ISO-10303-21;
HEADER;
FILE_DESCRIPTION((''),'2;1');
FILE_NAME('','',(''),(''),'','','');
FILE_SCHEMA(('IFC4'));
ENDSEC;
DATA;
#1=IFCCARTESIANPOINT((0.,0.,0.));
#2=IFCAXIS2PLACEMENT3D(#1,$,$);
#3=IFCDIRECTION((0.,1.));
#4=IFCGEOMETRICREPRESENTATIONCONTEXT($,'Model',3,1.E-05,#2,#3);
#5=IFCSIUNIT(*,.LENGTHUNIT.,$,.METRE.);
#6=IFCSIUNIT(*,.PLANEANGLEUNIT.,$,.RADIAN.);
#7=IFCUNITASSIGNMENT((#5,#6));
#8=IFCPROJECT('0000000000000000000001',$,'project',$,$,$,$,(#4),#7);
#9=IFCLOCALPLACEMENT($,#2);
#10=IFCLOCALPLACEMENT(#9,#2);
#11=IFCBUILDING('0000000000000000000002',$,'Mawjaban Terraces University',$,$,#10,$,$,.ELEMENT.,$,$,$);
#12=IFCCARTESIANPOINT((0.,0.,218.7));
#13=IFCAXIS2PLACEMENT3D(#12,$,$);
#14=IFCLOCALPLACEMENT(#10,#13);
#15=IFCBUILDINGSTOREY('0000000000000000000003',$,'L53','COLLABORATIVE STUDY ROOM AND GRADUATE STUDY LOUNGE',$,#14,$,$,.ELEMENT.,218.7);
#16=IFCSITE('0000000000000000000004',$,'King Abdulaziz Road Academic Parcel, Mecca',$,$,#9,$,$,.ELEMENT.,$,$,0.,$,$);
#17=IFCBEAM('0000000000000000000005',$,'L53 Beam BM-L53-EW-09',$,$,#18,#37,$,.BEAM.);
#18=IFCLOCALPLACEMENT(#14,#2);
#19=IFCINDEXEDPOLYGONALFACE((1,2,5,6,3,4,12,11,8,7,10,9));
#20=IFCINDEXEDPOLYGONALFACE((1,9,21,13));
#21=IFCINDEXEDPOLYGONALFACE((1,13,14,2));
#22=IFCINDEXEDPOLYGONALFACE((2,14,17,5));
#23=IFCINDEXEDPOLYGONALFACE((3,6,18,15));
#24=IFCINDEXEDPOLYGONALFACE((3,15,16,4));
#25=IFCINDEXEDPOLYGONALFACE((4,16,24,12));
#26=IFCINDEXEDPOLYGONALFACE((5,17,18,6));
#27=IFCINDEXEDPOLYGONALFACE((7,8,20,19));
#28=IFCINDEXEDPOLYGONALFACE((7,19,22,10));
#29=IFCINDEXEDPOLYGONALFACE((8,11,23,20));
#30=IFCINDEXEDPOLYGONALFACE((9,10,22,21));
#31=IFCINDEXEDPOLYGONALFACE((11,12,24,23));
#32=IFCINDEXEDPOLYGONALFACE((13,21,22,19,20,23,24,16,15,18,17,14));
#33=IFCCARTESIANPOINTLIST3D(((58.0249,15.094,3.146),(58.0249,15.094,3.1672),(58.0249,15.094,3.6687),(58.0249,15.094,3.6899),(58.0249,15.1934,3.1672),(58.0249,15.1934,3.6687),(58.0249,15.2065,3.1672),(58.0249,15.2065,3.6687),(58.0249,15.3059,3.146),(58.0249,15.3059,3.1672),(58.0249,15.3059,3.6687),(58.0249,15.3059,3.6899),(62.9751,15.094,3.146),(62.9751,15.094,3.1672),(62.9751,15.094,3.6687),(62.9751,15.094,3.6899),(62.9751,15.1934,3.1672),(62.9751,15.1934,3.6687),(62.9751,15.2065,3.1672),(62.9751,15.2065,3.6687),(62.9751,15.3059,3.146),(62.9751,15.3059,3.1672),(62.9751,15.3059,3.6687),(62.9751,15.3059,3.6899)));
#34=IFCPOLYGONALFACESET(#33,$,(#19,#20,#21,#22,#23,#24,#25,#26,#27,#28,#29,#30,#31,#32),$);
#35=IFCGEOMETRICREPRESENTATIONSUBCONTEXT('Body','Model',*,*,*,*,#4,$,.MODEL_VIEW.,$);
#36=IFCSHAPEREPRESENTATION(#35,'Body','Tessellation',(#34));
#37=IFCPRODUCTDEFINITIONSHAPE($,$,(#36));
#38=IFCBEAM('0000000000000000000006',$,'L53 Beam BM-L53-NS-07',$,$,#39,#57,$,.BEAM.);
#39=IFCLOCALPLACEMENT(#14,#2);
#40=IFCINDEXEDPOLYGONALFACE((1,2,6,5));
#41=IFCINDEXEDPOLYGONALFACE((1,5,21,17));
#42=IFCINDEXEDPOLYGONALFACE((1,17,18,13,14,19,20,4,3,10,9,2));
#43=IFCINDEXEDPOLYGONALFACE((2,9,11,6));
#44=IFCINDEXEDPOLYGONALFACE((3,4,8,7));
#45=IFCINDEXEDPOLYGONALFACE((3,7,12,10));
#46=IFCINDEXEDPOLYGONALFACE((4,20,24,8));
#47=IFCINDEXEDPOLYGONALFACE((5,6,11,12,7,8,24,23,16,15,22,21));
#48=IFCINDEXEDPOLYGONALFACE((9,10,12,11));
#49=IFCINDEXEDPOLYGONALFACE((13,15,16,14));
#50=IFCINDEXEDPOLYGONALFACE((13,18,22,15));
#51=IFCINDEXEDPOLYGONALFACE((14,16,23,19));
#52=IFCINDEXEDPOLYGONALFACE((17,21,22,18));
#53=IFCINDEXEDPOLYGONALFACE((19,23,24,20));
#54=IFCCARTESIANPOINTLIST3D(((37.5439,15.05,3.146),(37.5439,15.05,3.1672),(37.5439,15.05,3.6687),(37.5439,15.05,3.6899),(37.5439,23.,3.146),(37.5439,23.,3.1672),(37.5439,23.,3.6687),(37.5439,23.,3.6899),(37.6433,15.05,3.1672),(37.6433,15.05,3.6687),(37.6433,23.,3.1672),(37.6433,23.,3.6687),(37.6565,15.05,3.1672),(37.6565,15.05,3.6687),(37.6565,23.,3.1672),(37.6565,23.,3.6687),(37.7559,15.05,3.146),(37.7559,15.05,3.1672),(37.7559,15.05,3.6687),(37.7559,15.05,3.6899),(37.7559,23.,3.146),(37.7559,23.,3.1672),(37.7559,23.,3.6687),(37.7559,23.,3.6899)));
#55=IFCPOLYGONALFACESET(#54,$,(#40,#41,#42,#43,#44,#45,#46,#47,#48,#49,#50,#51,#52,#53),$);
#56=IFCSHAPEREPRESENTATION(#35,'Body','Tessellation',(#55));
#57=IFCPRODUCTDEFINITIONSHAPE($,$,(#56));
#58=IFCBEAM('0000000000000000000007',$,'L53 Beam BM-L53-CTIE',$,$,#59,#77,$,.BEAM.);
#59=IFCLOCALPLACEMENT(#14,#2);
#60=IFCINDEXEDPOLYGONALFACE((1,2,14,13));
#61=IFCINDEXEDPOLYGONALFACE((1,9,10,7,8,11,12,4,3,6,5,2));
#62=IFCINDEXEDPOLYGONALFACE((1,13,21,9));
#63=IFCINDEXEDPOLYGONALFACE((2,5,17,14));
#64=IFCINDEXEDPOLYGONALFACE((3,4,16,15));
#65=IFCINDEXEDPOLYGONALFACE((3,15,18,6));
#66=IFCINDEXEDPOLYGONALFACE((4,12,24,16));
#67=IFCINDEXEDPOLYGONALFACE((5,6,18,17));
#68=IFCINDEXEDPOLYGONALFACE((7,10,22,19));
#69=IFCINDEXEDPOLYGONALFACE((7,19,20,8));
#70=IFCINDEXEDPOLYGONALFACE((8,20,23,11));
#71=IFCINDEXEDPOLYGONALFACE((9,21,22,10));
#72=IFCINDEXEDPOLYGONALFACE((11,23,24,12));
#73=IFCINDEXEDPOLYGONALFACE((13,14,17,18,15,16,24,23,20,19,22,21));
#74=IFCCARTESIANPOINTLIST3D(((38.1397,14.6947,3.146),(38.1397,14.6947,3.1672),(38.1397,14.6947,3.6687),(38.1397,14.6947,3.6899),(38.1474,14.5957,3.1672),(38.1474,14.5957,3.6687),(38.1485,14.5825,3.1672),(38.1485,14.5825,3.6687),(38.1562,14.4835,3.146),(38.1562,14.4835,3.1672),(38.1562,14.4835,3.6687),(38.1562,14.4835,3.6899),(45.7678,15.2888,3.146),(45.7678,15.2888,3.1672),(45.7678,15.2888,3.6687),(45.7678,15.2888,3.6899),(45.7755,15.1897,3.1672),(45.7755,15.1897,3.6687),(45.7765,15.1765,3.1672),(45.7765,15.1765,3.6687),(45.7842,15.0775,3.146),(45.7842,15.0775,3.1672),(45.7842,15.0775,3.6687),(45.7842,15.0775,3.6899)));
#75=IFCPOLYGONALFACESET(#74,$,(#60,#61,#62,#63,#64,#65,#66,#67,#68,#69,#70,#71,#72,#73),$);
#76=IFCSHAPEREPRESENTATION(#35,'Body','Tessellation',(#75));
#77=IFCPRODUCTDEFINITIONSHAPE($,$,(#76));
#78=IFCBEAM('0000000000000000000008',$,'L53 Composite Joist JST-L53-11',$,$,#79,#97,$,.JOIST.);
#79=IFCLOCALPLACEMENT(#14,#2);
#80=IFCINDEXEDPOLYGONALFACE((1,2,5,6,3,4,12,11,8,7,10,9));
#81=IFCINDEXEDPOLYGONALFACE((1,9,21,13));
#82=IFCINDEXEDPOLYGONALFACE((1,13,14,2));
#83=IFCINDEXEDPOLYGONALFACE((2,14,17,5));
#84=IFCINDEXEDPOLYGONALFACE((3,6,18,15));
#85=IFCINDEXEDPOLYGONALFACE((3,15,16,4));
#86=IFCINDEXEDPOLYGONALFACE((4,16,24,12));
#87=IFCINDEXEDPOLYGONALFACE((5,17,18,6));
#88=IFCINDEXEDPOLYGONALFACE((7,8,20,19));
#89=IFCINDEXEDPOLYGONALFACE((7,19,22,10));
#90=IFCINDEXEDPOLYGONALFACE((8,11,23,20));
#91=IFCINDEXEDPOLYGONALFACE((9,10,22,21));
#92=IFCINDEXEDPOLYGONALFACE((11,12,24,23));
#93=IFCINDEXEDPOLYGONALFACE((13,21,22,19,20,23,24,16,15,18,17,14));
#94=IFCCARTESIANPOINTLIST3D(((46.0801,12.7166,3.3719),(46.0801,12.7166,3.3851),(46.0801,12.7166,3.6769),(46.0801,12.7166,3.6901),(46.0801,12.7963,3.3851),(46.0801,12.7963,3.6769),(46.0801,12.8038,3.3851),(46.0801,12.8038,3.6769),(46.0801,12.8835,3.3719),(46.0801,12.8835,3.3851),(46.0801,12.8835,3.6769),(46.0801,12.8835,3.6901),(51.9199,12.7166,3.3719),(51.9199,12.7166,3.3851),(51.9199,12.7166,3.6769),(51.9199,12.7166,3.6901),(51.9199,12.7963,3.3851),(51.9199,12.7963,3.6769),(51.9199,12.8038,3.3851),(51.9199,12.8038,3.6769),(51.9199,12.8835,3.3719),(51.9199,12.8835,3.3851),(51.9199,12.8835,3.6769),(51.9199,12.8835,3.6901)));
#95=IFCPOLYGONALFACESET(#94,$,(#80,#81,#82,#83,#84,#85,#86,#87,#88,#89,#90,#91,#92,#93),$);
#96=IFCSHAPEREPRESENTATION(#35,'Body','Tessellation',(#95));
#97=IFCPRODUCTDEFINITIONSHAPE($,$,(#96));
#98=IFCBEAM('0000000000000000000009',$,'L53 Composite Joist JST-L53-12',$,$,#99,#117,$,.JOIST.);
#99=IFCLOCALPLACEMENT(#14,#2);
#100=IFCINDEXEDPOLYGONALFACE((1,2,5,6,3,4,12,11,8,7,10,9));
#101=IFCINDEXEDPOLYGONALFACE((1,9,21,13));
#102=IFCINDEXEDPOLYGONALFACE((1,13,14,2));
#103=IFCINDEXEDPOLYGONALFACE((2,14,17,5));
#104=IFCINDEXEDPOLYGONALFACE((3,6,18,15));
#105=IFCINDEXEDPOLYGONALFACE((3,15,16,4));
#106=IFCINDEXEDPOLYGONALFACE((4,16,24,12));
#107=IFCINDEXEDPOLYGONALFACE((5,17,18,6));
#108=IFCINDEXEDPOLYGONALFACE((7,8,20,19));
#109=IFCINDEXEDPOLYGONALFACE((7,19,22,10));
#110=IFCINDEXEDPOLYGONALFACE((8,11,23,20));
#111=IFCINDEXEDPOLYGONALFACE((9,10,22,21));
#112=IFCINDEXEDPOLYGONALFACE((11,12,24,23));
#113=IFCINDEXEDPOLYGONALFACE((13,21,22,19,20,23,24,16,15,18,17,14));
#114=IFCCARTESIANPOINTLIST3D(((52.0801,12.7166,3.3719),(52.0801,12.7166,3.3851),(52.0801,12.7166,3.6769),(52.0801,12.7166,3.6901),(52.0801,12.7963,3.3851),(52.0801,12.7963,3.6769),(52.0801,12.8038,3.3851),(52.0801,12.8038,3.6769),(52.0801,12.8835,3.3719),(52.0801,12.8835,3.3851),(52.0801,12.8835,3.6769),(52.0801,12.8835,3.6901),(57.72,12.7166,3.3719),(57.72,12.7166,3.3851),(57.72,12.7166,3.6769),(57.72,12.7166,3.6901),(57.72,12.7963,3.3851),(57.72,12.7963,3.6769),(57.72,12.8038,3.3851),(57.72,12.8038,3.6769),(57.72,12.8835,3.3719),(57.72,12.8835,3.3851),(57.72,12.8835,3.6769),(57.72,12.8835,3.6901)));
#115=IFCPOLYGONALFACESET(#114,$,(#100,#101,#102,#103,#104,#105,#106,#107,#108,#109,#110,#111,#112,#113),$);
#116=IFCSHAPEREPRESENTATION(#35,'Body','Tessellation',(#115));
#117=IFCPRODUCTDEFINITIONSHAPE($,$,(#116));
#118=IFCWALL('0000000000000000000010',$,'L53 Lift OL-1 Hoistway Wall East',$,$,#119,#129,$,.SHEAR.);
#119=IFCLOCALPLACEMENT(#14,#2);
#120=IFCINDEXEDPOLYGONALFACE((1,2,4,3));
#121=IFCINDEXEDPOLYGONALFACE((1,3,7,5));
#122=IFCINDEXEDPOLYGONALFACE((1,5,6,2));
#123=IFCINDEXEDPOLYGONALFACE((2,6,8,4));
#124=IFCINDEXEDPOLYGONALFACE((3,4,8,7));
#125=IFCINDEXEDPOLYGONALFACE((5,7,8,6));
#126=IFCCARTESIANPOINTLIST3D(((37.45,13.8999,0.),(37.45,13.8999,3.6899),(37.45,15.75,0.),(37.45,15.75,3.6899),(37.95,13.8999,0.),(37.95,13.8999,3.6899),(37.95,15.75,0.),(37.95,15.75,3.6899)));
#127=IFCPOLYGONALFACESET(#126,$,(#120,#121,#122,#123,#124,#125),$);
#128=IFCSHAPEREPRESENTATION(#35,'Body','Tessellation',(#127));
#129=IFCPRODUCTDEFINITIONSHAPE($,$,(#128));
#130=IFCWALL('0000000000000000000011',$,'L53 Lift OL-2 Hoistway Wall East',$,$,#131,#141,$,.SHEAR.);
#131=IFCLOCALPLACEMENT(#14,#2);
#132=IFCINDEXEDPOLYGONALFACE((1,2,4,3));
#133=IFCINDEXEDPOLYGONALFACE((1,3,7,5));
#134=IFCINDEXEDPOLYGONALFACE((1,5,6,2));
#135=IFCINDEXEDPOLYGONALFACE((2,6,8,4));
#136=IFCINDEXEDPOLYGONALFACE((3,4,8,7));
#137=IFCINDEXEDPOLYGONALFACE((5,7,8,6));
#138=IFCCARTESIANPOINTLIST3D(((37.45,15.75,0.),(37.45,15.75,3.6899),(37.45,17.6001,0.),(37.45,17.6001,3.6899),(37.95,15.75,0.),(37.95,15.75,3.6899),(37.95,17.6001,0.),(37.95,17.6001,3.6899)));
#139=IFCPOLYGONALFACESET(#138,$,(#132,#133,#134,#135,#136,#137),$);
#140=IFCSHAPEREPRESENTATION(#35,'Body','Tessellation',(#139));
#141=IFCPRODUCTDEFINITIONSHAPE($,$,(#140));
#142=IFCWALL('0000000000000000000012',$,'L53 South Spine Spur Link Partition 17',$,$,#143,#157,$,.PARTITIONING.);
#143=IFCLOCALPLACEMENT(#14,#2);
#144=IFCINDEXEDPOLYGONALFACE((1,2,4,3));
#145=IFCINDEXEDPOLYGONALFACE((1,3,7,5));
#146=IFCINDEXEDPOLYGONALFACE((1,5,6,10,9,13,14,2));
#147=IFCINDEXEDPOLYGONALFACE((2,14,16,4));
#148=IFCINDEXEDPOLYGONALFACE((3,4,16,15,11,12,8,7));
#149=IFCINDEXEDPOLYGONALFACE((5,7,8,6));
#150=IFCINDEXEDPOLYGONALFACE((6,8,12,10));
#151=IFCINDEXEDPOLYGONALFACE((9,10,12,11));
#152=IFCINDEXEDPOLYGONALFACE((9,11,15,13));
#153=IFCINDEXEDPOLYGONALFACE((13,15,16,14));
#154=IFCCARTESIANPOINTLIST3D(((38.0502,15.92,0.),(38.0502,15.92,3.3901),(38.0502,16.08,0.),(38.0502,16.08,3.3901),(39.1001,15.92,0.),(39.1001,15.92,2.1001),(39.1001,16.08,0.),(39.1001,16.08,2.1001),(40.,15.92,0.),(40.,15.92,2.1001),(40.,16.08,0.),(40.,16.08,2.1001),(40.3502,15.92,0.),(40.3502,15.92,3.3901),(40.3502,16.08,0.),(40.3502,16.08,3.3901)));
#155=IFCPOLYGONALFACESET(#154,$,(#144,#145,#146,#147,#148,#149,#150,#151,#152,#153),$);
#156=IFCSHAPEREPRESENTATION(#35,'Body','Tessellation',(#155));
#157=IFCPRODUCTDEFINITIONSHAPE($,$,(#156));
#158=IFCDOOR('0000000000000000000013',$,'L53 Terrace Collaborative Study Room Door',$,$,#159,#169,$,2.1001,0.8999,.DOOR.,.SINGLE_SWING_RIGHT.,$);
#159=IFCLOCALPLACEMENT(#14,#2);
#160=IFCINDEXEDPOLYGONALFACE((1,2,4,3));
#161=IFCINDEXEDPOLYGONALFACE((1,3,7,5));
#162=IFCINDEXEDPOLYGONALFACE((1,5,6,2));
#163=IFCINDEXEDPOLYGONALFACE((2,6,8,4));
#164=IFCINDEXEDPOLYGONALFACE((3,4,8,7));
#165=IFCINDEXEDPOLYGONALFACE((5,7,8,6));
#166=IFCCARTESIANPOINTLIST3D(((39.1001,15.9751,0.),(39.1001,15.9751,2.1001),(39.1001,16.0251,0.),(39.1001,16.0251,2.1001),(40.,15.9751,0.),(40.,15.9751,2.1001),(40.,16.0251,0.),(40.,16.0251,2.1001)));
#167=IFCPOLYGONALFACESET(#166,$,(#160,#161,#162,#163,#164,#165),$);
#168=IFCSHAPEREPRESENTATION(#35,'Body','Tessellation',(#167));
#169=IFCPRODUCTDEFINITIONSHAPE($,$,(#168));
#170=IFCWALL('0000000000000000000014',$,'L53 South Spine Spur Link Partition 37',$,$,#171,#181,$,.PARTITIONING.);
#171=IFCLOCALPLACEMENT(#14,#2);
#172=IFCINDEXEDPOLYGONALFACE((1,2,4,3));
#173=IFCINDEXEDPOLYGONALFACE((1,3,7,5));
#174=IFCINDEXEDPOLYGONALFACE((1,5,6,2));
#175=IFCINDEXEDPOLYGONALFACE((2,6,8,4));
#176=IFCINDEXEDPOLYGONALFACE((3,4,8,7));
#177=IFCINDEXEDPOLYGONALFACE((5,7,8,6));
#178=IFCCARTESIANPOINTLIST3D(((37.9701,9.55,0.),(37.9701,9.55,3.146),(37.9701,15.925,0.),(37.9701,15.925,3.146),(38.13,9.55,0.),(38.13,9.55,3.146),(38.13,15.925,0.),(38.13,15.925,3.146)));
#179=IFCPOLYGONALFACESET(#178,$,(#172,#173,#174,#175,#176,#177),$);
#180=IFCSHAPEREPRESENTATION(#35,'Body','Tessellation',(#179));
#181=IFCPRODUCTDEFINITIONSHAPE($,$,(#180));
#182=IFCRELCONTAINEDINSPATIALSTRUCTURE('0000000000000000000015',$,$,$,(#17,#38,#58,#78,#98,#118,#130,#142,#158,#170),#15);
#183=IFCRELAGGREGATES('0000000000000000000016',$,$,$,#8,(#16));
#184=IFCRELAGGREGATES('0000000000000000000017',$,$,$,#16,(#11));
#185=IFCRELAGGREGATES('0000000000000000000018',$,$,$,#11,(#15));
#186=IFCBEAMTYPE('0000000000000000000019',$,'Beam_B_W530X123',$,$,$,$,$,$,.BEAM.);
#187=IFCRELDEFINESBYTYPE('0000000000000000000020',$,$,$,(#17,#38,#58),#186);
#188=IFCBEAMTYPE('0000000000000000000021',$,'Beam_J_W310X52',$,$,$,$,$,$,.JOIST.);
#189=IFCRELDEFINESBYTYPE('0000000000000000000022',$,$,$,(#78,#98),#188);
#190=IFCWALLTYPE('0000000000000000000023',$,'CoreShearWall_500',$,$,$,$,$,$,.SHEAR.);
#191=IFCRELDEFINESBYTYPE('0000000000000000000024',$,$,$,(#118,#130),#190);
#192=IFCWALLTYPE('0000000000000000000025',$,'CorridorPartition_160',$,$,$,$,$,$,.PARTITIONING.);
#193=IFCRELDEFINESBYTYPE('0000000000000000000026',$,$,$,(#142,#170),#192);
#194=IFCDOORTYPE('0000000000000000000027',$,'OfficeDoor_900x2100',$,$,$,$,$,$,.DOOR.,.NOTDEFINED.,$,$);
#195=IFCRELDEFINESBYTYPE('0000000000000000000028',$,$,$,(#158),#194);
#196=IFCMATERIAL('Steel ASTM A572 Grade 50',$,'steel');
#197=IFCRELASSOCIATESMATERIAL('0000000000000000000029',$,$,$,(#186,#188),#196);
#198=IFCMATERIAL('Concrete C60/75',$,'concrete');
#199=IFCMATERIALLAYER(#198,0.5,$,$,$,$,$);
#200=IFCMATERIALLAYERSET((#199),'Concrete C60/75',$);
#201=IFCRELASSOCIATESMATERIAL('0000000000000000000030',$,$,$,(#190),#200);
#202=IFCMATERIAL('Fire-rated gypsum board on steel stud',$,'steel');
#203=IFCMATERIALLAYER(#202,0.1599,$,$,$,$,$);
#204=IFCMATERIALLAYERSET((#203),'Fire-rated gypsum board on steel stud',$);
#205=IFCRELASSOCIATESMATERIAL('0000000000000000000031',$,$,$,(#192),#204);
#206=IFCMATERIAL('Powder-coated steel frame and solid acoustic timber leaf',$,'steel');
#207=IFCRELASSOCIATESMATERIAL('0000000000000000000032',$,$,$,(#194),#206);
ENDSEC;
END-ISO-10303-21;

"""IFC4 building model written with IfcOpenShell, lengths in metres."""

from ifc_helpers import new_model, si_unit, direction, frame, frame_2d, origin, origin_2d, place, context, subcontext, project, spatial, rectangle, i_section, extrude, material, layer, layer_set, material_profile, profile_set, type_object, element, fill, save


model = new_model("IFC4")

# Units and contexts
model_context = context("Model", 3, precision=1e-05, world=origin(), true_north=direction((0.0, 1.0)))
body_context = subcontext(model_context, "Body", "Model", "MODEL_VIEW")
ifc_project = project(units=[si_unit("LENGTHUNIT", "METRE"), si_unit("PLANEANGLEUNIT", "RADIAN")], contexts=[model_context])

# Site, building, storey
site_placement = place(None, origin())
site = spatial("IfcSite", under=ifc_project, at=site_placement, Name="King Abdulaziz Road Academic Parcel, Mecca", CompositionType="ELEMENT", RefElevation=0.0)
building_placement = place(site_placement, origin())
building = spatial("IfcBuilding", under=site, at=building_placement, Name="Mawjaban Terraces University", CompositionType="ELEMENT")
storey_placement = place(building_placement, frame((0.0, 0.0, 218.7)))
storey = spatial("IfcBuildingStorey", under=building, at=storey_placement, Name="L53", Description="COLLABORATIVE STUDY ROOM AND GRADUATE STUDY LOUNGE", CompositionType="ELEMENT", Elevation=218.7)

# Shared definitions
ifc_material_1 = material(Name="Concrete C60/75", Category="concrete")

# Beams
ifc_material_2 = material(Name="Steel ASTM A572 Grade 50", Category="steel")
ifc_material_profile_1 = material_profile(ifc_material_2, i_section(OverallWidth=0.2119, OverallDepth=0.5439, WebThickness=0.0132, FlangeThickness=0.0212, at=origin_2d()), Name="W530X123")
ifc_profile_set_1 = profile_set([ifc_material_profile_1], Name="Steel ASTM A572 Grade 50")
beam_type_1 = type_object("IfcBeamType", Name="Beam_B_W530X123", PredefinedType="BEAM", material=ifc_profile_set_1)
beam_1_placement = place(storey_placement, frame((58.0249, 15.2, 3.418), z_axis=(1.0, 0.0, 0.0), x_axis=(0.0, 1.0, 0.0)))
element("IfcBeam", 1, at=beam_1_placement, inside=storey, type_object=beam_type_1, Name="L53 Beam BM-L53-EW-09", PredefinedType="BEAM", context=body_context, shape_type="SweptSolid", body=[
    extrude(i_section(OverallWidth=0.2119, OverallDepth=0.5439, WebThickness=0.0132, FlangeThickness=0.0212, at=origin_2d()), origin(), (0.0, 0.0, 1.0), 4.9502),
])
beam_2_placement = place(storey_placement, frame((37.6499, 15.05, 3.418), z_axis=(0.0, 1.0, 0.0), x_axis=(-1.0, 0.0, 0.0)))
element("IfcBeam", 2, at=beam_2_placement, inside=storey, type_object=beam_type_1, Name="L53 Beam BM-L53-NS-07", PredefinedType="BEAM", context=body_context, shape_type="SweptSolid", body=[
    extrude(i_section(OverallWidth=0.2119, OverallDepth=0.5439, WebThickness=0.0132, FlangeThickness=0.0212, at=origin_2d()), origin(), (0.0, 0.0, 1.0), 7.95),
])
beam_3_placement = place(storey_placement, frame((38.1479, 14.5891, 3.418), z_axis=(0.996982, 0.077636, 0.0), x_axis=(-0.077636, 0.996982, 0.0)))
element("IfcBeam", 3, at=beam_3_placement, inside=storey, type_object=beam_type_1, Name="L53 Beam BM-L53-CTIE", PredefinedType="BEAM", context=body_context, shape_type="SweptSolid", body=[
    extrude(i_section(OverallWidth=0.2119, OverallDepth=0.5439, WebThickness=0.0132, FlangeThickness=0.0212, at=origin_2d()), origin(), (0.0, 0.0, 1.0), 7.6511),
])
ifc_material_profile_2 = material_profile(ifc_material_2, i_section(OverallWidth=0.167, OverallDepth=0.3181, WebThickness=0.0076, FlangeThickness=0.0132, at=origin_2d()), Name="W310X52")
ifc_profile_set_2 = profile_set([ifc_material_profile_2], Name="Steel ASTM A572 Grade 50")
beam_type_2 = type_object("IfcBeamType", Name="Beam_J_W310X52", PredefinedType="JOIST", material=ifc_profile_set_2)
beam_4_placement = place(storey_placement, frame((46.0801, 12.8, 3.531), z_axis=(1.0, 0.0, 0.0), x_axis=(0.0, 1.0, 0.0)))
element("IfcBeam", 4, at=beam_4_placement, inside=storey, type_object=beam_type_2, Name="L53 Composite Joist JST-L53-11", PredefinedType="JOIST", context=body_context, shape_type="SweptSolid", body=[
    extrude(i_section(OverallWidth=0.167, OverallDepth=0.3181, WebThickness=0.0076, FlangeThickness=0.0132, at=origin_2d()), origin(), (0.0, 0.0, 1.0), 5.8398),
])
beam_5_placement = place(storey_placement, frame((52.0801, 12.8, 3.531), z_axis=(1.0, 0.0, 0.0), x_axis=(0.0, 1.0, 0.0)))
element("IfcBeam", 5, at=beam_5_placement, inside=storey, type_object=beam_type_2, Name="L53 Composite Joist JST-L53-12", PredefinedType="JOIST", context=body_context, shape_type="SweptSolid", body=[
    extrude(i_section(OverallWidth=0.167, OverallDepth=0.3181, WebThickness=0.0076, FlangeThickness=0.0132, at=origin_2d()), origin(), (0.0, 0.0, 1.0), 5.6399),
])

# Walls
ifc_layer_1 = layer(ifc_material_1, 0.5)
ifc_layer_set_1 = layer_set([ifc_layer_1], Name="Concrete C60/75")
wall_type_1 = type_object("IfcWallType", Name="CoreShearWall_500", PredefinedType="SHEAR", material=ifc_layer_set_1)
for number, where, z_axis, x_axis, name in (
    (6, (37.7, 13.8999, 0.0), (0.0, 0.0, 1.0), (0.0, 1.0, 0.0), "L53 Lift OL-1 Hoistway Wall East"),
    (7, (37.7, 15.75, 0.0), (0.0, 0.0, 1.0), (0.0, 1.0, 0.0), "L53 Lift OL-2 Hoistway Wall East"),
):
    element("IfcWall", number, at=place(storey_placement, frame(where, z_axis=z_axis, x_axis=x_axis)), inside=storey, type_object=wall_type_1, Name=name, PredefinedType="SHEAR", context=body_context, shape_type="SweptSolid", body=[
        extrude(rectangle(XDim=1.8501, YDim=0.5, at=frame_2d((0.925, 0.0))), origin(), (0.0, 0.0, 1.0), 3.6899),
    ])

# Wall, opening, door
ifc_material_3 = material(Name="Fire-rated gypsum board on steel stud", Category="steel")
ifc_layer_2 = layer(ifc_material_3, 0.1599)
ifc_layer_set_2 = layer_set([ifc_layer_2], Name="Fire-rated gypsum board on steel stud")
wall_type_2 = type_object("IfcWallType", Name="CorridorPartition_160", PredefinedType="PARTITIONING", material=ifc_layer_set_2)
wall_1_placement = place(storey_placement, frame((40.3501, 16.0, 0.0), z_axis=(0.0, 0.0, 1.0), x_axis=(-1.0, 0.0, 0.0)))
wall_1 = element("IfcWall", 8, at=wall_1_placement, inside=storey, type_object=wall_type_2, Name="L53 South Spine Spur Link Partition 17", PredefinedType="PARTITIONING", context=body_context, shape_type="SweptSolid", body=[
    extrude(rectangle(XDim=2.3, YDim=0.1599, at=frame_2d((1.1499, 0.0))), origin(), (0.0, 0.0, 1.0), 3.3901),
])
opening_1_placement = place(wall_1_placement, frame((0.3501, 0.0, 0.0)))
opening_1 = element("IfcOpeningElement", 9, at=opening_1_placement, cuts=wall_1, PredefinedType="OPENING", context=body_context, shape_type="SweptSolid", body=[
    extrude(rectangle(XDim=0.8999, YDim=2.1001, at=frame_2d((0.45, 1.05))), frame((0.0, 0.0898, 0.0), z_axis=(0.0, -1.0, 0.0), x_axis=(1.0, 0.0, 0.0)), (0.0, 0.0, 1.0), 0.1799),
])
ifc_material_4 = material(Name="Powder-coated steel frame and solid acoustic timber leaf", Category="steel")
door_type_1 = type_object("IfcDoorType", Name="OfficeDoor_900x2100", OperationType="NOTDEFINED", PredefinedType="DOOR", material=ifc_material_4)
door_1_placement = place(opening_1_placement, origin())
door_1 = element("IfcDoor", 10, at=door_1_placement, inside=storey, type_object=door_type_1, Name="L53 Terrace Collaborative Study Room Door", OperationType="SINGLE_SWING_RIGHT", OverallHeight=2.1001, OverallWidth=0.8999, PredefinedType="DOOR", context=body_context, shape_type="SweptSolid", body=[
    extrude(rectangle(XDim=0.8999, YDim=2.1001, at=frame_2d((0.45, 1.05))), frame((0.0, 0.0249, 0.0), z_axis=(0.0, -1.0, 0.0), x_axis=(1.0, 0.0, 0.0)), (0.0, 0.0, 1.0), 0.05),
])
fill(opening_1, door_1)

# Wall
wall_2_placement = place(storey_placement, frame((38.05, 15.925, 0.0), z_axis=(0.0, 0.0, 1.0), x_axis=(0.0, -1.0, 0.0)))
element("IfcWall", 11, at=wall_2_placement, inside=storey, type_object=wall_type_2, Name="L53 South Spine Spur Link Partition 37", PredefinedType="PARTITIONING", context=body_context, shape_type="SweptSolid", body=[
    extrude(rectangle(XDim=6.375, YDim=0.1599, at=frame_2d((3.1875, 0.0))), origin(), (0.0, 0.0, 1.0), 3.146),
])

save(model, "model.ifc")
